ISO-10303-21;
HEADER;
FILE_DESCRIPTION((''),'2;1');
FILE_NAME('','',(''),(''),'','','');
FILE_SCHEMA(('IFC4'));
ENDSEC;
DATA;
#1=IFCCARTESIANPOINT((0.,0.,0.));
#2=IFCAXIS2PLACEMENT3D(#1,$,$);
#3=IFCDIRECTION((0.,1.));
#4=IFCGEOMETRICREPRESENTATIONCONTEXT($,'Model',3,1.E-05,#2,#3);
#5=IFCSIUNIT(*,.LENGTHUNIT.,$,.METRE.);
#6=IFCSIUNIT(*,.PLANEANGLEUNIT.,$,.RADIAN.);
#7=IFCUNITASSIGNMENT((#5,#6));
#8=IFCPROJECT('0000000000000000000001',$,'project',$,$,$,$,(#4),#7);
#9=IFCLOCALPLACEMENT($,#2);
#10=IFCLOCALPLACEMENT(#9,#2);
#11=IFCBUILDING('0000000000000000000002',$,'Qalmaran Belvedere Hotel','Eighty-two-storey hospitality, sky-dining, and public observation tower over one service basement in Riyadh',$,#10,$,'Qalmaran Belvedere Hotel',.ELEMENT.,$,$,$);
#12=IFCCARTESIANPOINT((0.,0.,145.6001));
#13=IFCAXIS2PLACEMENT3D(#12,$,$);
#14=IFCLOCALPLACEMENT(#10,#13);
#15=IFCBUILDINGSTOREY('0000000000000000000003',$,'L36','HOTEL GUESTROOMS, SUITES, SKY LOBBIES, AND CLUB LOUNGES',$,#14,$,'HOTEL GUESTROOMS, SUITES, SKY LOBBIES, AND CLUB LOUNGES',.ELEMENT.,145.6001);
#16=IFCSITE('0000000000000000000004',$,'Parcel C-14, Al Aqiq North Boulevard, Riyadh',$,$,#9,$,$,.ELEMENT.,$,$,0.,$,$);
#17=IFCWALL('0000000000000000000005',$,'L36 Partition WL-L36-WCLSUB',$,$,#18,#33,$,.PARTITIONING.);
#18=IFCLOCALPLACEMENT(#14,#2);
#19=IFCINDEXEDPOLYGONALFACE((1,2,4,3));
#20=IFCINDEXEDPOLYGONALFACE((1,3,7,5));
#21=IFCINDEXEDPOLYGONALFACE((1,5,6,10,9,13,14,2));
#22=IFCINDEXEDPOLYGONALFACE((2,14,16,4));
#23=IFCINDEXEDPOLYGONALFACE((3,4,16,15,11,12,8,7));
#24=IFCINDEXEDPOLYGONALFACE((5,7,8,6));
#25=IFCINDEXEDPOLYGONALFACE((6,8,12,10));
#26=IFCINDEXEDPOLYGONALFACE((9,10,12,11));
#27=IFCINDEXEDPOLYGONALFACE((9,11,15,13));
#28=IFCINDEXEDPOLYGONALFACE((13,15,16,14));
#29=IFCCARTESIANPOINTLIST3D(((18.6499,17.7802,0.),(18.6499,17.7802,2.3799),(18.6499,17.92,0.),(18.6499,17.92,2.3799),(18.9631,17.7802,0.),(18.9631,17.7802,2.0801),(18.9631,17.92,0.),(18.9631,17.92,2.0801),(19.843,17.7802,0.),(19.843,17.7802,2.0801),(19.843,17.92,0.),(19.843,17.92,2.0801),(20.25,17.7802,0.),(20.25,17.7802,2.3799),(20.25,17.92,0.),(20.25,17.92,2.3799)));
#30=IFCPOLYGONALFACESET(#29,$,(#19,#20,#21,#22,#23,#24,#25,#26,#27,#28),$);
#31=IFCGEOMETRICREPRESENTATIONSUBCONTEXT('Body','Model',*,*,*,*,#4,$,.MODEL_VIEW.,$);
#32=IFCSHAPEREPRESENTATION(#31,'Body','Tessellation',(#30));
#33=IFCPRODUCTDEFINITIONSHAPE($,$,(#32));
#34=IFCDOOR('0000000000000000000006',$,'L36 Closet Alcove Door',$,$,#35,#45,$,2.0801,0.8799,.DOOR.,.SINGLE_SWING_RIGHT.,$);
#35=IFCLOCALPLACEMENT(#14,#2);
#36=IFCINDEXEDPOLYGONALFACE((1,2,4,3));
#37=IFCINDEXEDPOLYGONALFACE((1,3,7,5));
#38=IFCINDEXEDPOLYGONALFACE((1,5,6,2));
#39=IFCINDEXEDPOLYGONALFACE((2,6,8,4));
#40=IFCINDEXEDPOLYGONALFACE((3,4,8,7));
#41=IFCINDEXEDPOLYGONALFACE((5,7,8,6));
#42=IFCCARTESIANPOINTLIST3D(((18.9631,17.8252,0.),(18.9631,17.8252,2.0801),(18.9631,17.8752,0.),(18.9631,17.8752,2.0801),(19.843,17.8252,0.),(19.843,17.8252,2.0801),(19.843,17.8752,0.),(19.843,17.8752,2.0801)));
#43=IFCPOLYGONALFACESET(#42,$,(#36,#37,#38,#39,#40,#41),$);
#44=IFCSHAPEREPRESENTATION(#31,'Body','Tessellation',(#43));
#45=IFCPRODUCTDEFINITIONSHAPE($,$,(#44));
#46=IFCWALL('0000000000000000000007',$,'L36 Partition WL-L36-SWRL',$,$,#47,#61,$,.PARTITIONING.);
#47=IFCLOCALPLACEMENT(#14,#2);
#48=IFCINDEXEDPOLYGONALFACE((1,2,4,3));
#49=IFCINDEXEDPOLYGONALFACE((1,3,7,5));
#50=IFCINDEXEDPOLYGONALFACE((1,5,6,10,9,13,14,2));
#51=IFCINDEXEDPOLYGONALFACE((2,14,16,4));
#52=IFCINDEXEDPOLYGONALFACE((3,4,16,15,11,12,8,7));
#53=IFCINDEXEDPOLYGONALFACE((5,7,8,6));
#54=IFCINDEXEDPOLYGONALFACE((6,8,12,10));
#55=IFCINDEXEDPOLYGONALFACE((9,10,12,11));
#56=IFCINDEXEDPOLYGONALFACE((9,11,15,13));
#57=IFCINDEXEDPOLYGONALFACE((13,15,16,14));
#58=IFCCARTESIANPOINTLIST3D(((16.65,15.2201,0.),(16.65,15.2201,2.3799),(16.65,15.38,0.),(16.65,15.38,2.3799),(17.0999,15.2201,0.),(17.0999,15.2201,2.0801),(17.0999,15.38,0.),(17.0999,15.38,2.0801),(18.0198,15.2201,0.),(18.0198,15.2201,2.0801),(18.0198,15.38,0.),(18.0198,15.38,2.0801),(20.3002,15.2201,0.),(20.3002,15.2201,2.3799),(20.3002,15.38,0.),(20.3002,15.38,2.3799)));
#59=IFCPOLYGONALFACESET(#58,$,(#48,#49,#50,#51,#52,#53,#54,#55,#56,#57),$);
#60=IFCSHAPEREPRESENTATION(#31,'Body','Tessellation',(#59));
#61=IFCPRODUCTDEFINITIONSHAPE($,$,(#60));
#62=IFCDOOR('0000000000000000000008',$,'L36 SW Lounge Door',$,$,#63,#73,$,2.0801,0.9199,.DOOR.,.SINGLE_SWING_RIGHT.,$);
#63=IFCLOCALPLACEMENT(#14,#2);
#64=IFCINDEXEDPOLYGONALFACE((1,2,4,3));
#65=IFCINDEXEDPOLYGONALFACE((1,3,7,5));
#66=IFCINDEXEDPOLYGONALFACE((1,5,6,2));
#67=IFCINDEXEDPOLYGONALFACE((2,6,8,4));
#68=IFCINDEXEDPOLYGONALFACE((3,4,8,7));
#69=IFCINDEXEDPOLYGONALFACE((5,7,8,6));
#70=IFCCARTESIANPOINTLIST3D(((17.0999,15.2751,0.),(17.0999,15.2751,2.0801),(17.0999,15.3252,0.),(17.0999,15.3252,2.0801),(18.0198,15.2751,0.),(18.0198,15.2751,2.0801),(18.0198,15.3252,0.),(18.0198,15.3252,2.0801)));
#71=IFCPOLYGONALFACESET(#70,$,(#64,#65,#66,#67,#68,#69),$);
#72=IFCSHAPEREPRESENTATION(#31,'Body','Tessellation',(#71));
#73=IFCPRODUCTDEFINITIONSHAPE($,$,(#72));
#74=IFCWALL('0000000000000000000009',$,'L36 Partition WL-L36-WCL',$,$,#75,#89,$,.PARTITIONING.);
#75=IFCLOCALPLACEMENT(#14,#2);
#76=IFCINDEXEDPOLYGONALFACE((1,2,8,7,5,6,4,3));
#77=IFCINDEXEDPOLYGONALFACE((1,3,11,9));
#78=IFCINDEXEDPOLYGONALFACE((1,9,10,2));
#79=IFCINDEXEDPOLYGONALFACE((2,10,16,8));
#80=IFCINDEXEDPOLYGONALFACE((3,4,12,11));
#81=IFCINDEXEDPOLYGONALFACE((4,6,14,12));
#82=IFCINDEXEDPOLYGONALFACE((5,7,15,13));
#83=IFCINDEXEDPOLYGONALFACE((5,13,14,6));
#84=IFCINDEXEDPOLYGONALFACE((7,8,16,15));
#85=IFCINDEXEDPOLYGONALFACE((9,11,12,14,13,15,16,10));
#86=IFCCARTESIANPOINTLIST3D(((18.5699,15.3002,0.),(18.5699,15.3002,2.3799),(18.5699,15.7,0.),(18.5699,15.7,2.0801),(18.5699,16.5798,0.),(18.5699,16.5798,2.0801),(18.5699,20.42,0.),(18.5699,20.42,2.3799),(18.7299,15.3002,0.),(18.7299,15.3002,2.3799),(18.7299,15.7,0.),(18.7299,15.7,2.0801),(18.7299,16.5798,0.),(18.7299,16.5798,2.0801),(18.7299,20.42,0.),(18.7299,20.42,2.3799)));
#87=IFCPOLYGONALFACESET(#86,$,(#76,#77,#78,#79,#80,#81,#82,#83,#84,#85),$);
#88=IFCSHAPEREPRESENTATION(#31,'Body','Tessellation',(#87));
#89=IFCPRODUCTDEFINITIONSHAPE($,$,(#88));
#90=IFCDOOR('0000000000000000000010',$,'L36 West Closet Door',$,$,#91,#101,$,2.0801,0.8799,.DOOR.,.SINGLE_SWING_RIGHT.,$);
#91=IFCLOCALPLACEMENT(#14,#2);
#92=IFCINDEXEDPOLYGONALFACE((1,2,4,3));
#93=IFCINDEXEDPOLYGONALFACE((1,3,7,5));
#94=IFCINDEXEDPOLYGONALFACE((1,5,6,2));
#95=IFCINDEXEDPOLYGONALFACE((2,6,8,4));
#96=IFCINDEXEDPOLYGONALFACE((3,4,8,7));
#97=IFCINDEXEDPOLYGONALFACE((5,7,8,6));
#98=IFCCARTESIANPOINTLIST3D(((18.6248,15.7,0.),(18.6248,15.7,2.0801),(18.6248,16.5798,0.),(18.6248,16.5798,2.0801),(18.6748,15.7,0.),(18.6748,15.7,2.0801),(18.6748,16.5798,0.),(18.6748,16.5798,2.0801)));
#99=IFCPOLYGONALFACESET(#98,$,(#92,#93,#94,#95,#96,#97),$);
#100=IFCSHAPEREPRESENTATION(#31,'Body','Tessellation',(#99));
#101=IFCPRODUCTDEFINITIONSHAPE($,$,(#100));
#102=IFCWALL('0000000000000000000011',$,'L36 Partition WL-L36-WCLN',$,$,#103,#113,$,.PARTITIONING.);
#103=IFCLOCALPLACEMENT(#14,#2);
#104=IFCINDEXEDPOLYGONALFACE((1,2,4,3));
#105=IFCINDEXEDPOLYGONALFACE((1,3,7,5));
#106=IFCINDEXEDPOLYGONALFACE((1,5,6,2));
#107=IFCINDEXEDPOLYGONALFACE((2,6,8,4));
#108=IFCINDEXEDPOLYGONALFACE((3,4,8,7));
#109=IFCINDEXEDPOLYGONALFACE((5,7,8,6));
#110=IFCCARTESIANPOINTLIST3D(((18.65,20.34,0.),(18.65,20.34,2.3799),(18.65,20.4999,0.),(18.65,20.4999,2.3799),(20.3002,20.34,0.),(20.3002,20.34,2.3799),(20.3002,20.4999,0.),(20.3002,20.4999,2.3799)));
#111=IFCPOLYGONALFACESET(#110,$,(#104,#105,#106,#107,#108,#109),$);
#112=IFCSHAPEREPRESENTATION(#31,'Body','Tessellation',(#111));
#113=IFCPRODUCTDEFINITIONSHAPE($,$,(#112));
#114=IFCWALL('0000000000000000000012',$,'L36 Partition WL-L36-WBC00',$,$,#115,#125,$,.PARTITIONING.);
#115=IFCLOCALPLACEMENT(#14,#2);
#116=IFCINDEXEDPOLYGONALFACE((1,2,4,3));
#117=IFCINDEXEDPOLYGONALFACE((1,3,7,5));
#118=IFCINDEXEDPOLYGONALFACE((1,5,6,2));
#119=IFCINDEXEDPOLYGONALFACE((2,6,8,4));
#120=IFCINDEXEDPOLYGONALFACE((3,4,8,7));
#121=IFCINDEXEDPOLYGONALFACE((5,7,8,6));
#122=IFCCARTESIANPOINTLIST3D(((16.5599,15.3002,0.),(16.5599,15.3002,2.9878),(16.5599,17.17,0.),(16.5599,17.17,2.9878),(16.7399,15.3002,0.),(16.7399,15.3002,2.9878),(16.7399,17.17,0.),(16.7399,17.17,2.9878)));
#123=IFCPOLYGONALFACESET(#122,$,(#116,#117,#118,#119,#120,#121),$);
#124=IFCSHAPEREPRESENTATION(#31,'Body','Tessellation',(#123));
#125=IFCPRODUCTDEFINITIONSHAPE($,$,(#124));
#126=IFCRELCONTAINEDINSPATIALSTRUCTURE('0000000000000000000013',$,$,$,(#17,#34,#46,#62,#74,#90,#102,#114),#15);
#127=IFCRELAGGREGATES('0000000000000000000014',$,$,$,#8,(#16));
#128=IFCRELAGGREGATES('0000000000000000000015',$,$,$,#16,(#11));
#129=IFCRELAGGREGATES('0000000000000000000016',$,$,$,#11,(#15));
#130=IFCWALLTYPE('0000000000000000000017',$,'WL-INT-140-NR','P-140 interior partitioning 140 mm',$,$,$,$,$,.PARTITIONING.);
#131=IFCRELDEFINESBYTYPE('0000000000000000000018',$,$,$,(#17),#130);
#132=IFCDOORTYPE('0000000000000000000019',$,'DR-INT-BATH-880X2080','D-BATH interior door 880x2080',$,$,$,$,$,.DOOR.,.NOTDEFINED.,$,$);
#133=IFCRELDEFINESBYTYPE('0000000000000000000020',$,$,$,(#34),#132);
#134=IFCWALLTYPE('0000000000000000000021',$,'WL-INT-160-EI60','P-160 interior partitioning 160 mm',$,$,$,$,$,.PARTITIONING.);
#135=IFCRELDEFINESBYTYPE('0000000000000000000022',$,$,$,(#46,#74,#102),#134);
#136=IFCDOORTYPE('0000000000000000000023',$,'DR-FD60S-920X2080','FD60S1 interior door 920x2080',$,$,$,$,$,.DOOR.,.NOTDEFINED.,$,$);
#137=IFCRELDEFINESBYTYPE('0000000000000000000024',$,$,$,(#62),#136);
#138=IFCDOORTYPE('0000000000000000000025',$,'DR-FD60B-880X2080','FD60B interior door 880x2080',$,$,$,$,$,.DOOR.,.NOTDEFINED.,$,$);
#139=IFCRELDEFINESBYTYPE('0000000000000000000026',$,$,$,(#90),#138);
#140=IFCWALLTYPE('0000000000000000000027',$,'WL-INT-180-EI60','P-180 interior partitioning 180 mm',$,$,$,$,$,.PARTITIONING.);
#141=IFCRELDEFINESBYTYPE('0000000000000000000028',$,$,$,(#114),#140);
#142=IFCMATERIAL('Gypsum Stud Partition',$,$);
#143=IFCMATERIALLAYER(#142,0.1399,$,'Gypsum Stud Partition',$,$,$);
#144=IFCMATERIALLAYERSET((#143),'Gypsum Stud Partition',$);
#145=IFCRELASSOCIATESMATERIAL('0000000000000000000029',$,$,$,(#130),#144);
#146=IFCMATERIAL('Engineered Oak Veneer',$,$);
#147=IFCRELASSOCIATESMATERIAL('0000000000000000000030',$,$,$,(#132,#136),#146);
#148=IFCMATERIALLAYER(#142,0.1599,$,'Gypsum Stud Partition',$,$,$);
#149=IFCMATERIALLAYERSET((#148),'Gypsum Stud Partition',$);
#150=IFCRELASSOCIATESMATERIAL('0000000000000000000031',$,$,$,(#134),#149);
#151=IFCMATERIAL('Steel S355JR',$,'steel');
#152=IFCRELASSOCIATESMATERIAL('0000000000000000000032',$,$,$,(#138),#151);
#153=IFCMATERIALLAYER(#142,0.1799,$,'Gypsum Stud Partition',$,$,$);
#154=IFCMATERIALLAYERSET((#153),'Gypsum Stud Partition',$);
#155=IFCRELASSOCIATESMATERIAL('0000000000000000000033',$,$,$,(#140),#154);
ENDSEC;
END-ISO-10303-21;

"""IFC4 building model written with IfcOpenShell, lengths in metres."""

from ifc_helpers import new_model, si_unit, direction, frame, frame_2d, origin, place, context, subcontext, project, spatial, rectangle, extrude, material, layer, layer_set, type_object, element, fill, save


model = new_model("IFC4")

# Units and contexts
model_context = context("Model", 3, precision=1e-05, world=origin(), true_north=direction((0.0, 1.0)))
body_context = subcontext(model_context, "Body", "Model", "MODEL_VIEW")
ifc_project = project(units=[si_unit("LENGTHUNIT", "METRE"), si_unit("PLANEANGLEUNIT", "RADIAN")], contexts=[model_context])

# Site, building, storey
site_placement = place(None, origin())
site = spatial("IfcSite", under=ifc_project, at=site_placement, Name="Parcel C-14, Al Aqiq North Boulevard, Riyadh", CompositionType="ELEMENT", RefElevation=0.0)
building_placement = place(site_placement, origin())
building = spatial("IfcBuilding", under=site, at=building_placement, Name="Qalmaran Belvedere Hotel", Description="Eighty-two-storey hospitality, sky-dining, and public observation tower over one service basement in Riyadh", LongName="Qalmaran Belvedere Hotel", CompositionType="ELEMENT")
storey_placement = place(building_placement, frame((0.0, 0.0, 145.6001)))
storey = spatial("IfcBuildingStorey", under=building, at=storey_placement, Name="L36", Description="HOTEL GUESTROOMS, SUITES, SKY LOBBIES, AND CLUB LOUNGES", LongName="HOTEL GUESTROOMS, SUITES, SKY LOBBIES, AND CLUB LOUNGES", CompositionType="ELEMENT", Elevation=145.6001)

# Walls, openings, doors
ifc_material_1 = material(Name="Gypsum Stud Partition")
ifc_layer_1 = layer(ifc_material_1, 0.1399, Name="Gypsum Stud Partition")
ifc_layer_set_1 = layer_set([ifc_layer_1], Name="Gypsum Stud Partition")
wall_type_1 = type_object("IfcWallType", Name="WL-INT-140-NR", Description="P-140 interior partitioning 140 mm", PredefinedType="PARTITIONING", material=ifc_layer_set_1)
wall_1_placement = place(storey_placement, frame((18.6499, 17.8501, 0.0), z_axis=(0.0, 0.0, 1.0), x_axis=(1.0, 0.0, 0.0)))
wall_1 = element("IfcWall", 1, at=wall_1_placement, inside=storey, type_object=wall_type_1, Name="L36 Partition WL-L36-WCLSUB", PredefinedType="PARTITIONING", context=body_context, shape_type="SweptSolid", body=[
    extrude(rectangle(XDim=1.6001, YDim=0.1399, at=frame_2d((0.8, 0.0))), origin(), (0.0, 0.0, 1.0), 2.3799),
])
opening_1_placement = place(wall_1_placement, frame((1.1931, 0.0, 0.0), z_axis=(0.0, 0.0, 1.0), x_axis=(-1.0, 0.0, 0.0)))
opening_1 = element("IfcOpeningElement", 2, at=opening_1_placement, cuts=wall_1, PredefinedType="OPENING", context=body_context, shape_type="SweptSolid", body=[
    extrude(rectangle(XDim=0.8799, YDim=2.0801, at=frame_2d((0.4399, 1.04))), frame((0.0, 0.0801, 0.0), z_axis=(0.0, -1.0, 0.0), x_axis=(1.0, 0.0, 0.0)), (0.0, 0.0, 1.0), 0.1599),
])
ifc_material_2 = material(Name="Engineered Oak Veneer")
door_type_1 = type_object("IfcDoorType", Name="DR-INT-BATH-880X2080", Description="D-BATH interior door 880x2080", OperationType="NOTDEFINED", PredefinedType="DOOR", material=ifc_material_2)
door_1_placement = place(opening_1_placement, origin())
door_1 = element("IfcDoor", 3, at=door_1_placement, inside=storey, type_object=door_type_1, Name="L36 Closet Alcove Door", OperationType="SINGLE_SWING_RIGHT", OverallHeight=2.0801, OverallWidth=0.8799, PredefinedType="DOOR", context=body_context, shape_type="SweptSolid", body=[
    extrude(rectangle(XDim=0.8799, YDim=2.0801, at=frame_2d((0.4399, 1.04))), frame((0.0, 0.0249, 0.0), z_axis=(0.0, -1.0, 0.0), x_axis=(1.0, 0.0, 0.0)), (0.0, 0.0, 1.0), 0.05),
])
fill(opening_1, door_1)
ifc_layer_2 = layer(ifc_material_1, 0.1599, Name="Gypsum Stud Partition")
ifc_layer_set_2 = layer_set([ifc_layer_2], Name="Gypsum Stud Partition")
wall_type_2 = type_object("IfcWallType", Name="WL-INT-160-EI60", Description="P-160 interior partitioning 160 mm", PredefinedType="PARTITIONING", material=ifc_layer_set_2)
wall_2_placement = place(storey_placement, frame((16.6499, 15.3, 0.0), z_axis=(0.0, 0.0, 1.0), x_axis=(1.0, 0.0, 0.0)))
wall_2 = element("IfcWall", 4, at=wall_2_placement, inside=storey, type_object=wall_type_2, Name="L36 Partition WL-L36-SWRL", PredefinedType="PARTITIONING", context=body_context, shape_type="SweptSolid", body=[
    extrude(rectangle(XDim=3.6501, YDim=0.1599, at=frame_2d((1.8252, 0.0))), origin(), (0.0, 0.0, 1.0), 2.3799),
])
opening_2_placement = place(wall_2_placement, frame((1.3699, 0.0, 0.0), z_axis=(0.0, 0.0, 1.0), x_axis=(-1.0, 0.0, 0.0)))
opening_2 = element("IfcOpeningElement", 5, at=opening_2_placement, cuts=wall_2, PredefinedType="OPENING", context=body_context, shape_type="SweptSolid", body=[
    extrude(rectangle(XDim=0.9199, YDim=2.0801, at=frame_2d((0.46, 1.04))), frame((0.0, 0.0898, 0.0), z_axis=(0.0, -1.0, 0.0), x_axis=(1.0, 0.0, 0.0)), (0.0, 0.0, 1.0), 0.1799),
])
door_type_2 = type_object("IfcDoorType", Name="DR-FD60S-920X2080", Description="FD60S1 interior door 920x2080", OperationType="NOTDEFINED", PredefinedType="DOOR", material=ifc_material_2)
door_2_placement = place(opening_2_placement, origin())
door_2 = element("IfcDoor", 6, at=door_2_placement, inside=storey, type_object=door_type_2, Name="L36 SW Lounge Door", OperationType="SINGLE_SWING_RIGHT", OverallHeight=2.0801, OverallWidth=0.9199, PredefinedType="DOOR", context=body_context, shape_type="SweptSolid", body=[
    extrude(rectangle(XDim=0.9199, YDim=2.0801, at=frame_2d((0.46, 1.04))), frame((0.0, 0.0249, 0.0), z_axis=(0.0, -1.0, 0.0), x_axis=(1.0, 0.0, 0.0)), (0.0, 0.0, 1.0), 0.05),
])
fill(opening_2, door_2)
wall_3_placement = place(storey_placement, frame((18.6499, 15.3, 0.0), z_axis=(0.0, 0.0, 1.0), x_axis=(0.0, 1.0, 0.0)))
wall_3 = element("IfcWall", 7, at=wall_3_placement, inside=storey, type_object=wall_type_2, Name="L36 Partition WL-L36-WCL", PredefinedType="PARTITIONING", context=body_context, shape_type="SweptSolid", body=[
    extrude(rectangle(XDim=5.1199, YDim=0.1599, at=frame_2d((2.5601, 0.0))), origin(), (0.0, 0.0, 1.0), 2.3799),
])
opening_3_placement = place(wall_3_placement, frame((1.2798, 0.0, 0.0), z_axis=(0.0, 0.0, 1.0), x_axis=(-1.0, 0.0, 0.0)))
opening_3 = element("IfcOpeningElement", 8, at=opening_3_placement, cuts=wall_3, PredefinedType="OPENING", context=body_context, shape_type="SweptSolid", body=[
    extrude(rectangle(XDim=0.8799, YDim=2.0801, at=frame_2d((0.4399, 1.04))), frame((0.0, 0.0898, 0.0), z_axis=(0.0, -1.0, 0.0), x_axis=(1.0, 0.0, 0.0)), (0.0, 0.0, 1.0), 0.1799),
])
ifc_material_3 = material(Name="Steel S355JR", Category="steel")
door_type_3 = type_object("IfcDoorType", Name="DR-FD60B-880X2080", Description="FD60B interior door 880x2080", OperationType="NOTDEFINED", PredefinedType="DOOR", material=ifc_material_3)
door_3_placement = place(opening_3_placement, origin())
door_3 = element("IfcDoor", 9, at=door_3_placement, inside=storey, type_object=door_type_3, Name="L36 West Closet Door", OperationType="SINGLE_SWING_RIGHT", OverallHeight=2.0801, OverallWidth=0.8799, PredefinedType="DOOR", context=body_context, shape_type="SweptSolid", body=[
    extrude(rectangle(XDim=0.8799, YDim=2.0801, at=frame_2d((0.4399, 1.04))), frame((0.0, 0.0249, 0.0), z_axis=(0.0, -1.0, 0.0), x_axis=(1.0, 0.0, 0.0)), (0.0, 0.0, 1.0), 0.05),
])
fill(opening_3, door_3)

# Walls
wall_4_placement = place(storey_placement, frame((18.6499, 20.4199, 0.0), z_axis=(0.0, 0.0, 1.0), x_axis=(1.0, 0.0, 0.0)))
element("IfcWall", 10, at=wall_4_placement, inside=storey, type_object=wall_type_2, Name="L36 Partition WL-L36-WCLN", PredefinedType="PARTITIONING", context=body_context, shape_type="SweptSolid", body=[
    extrude(rectangle(XDim=1.6501, YDim=0.1599, at=frame_2d((0.8252, 0.0))), origin(), (0.0, 0.0, 1.0), 2.3799),
])
ifc_layer_3 = layer(ifc_material_1, 0.1799, Name="Gypsum Stud Partition")
ifc_layer_set_3 = layer_set([ifc_layer_3], Name="Gypsum Stud Partition")
wall_type_3 = type_object("IfcWallType", Name="WL-INT-180-EI60", Description="P-180 interior partitioning 180 mm", PredefinedType="PARTITIONING", material=ifc_layer_set_3)
wall_5_placement = place(storey_placement, frame((16.6499, 15.3, 0.0), z_axis=(0.0, 0.0, 1.0), x_axis=(0.0, 1.0, 0.0)))
element("IfcWall", 11, at=wall_5_placement, inside=storey, type_object=wall_type_3, Name="L36 Partition WL-L36-WBC00", PredefinedType="PARTITIONING", context=body_context, shape_type="SweptSolid", body=[
    extrude(rectangle(XDim=1.8699, YDim=0.1799, at=frame_2d((0.9351, 0.0))), origin(), (0.0, 0.0, 1.0), 2.9878),
])

save(model, "model.ifc")
